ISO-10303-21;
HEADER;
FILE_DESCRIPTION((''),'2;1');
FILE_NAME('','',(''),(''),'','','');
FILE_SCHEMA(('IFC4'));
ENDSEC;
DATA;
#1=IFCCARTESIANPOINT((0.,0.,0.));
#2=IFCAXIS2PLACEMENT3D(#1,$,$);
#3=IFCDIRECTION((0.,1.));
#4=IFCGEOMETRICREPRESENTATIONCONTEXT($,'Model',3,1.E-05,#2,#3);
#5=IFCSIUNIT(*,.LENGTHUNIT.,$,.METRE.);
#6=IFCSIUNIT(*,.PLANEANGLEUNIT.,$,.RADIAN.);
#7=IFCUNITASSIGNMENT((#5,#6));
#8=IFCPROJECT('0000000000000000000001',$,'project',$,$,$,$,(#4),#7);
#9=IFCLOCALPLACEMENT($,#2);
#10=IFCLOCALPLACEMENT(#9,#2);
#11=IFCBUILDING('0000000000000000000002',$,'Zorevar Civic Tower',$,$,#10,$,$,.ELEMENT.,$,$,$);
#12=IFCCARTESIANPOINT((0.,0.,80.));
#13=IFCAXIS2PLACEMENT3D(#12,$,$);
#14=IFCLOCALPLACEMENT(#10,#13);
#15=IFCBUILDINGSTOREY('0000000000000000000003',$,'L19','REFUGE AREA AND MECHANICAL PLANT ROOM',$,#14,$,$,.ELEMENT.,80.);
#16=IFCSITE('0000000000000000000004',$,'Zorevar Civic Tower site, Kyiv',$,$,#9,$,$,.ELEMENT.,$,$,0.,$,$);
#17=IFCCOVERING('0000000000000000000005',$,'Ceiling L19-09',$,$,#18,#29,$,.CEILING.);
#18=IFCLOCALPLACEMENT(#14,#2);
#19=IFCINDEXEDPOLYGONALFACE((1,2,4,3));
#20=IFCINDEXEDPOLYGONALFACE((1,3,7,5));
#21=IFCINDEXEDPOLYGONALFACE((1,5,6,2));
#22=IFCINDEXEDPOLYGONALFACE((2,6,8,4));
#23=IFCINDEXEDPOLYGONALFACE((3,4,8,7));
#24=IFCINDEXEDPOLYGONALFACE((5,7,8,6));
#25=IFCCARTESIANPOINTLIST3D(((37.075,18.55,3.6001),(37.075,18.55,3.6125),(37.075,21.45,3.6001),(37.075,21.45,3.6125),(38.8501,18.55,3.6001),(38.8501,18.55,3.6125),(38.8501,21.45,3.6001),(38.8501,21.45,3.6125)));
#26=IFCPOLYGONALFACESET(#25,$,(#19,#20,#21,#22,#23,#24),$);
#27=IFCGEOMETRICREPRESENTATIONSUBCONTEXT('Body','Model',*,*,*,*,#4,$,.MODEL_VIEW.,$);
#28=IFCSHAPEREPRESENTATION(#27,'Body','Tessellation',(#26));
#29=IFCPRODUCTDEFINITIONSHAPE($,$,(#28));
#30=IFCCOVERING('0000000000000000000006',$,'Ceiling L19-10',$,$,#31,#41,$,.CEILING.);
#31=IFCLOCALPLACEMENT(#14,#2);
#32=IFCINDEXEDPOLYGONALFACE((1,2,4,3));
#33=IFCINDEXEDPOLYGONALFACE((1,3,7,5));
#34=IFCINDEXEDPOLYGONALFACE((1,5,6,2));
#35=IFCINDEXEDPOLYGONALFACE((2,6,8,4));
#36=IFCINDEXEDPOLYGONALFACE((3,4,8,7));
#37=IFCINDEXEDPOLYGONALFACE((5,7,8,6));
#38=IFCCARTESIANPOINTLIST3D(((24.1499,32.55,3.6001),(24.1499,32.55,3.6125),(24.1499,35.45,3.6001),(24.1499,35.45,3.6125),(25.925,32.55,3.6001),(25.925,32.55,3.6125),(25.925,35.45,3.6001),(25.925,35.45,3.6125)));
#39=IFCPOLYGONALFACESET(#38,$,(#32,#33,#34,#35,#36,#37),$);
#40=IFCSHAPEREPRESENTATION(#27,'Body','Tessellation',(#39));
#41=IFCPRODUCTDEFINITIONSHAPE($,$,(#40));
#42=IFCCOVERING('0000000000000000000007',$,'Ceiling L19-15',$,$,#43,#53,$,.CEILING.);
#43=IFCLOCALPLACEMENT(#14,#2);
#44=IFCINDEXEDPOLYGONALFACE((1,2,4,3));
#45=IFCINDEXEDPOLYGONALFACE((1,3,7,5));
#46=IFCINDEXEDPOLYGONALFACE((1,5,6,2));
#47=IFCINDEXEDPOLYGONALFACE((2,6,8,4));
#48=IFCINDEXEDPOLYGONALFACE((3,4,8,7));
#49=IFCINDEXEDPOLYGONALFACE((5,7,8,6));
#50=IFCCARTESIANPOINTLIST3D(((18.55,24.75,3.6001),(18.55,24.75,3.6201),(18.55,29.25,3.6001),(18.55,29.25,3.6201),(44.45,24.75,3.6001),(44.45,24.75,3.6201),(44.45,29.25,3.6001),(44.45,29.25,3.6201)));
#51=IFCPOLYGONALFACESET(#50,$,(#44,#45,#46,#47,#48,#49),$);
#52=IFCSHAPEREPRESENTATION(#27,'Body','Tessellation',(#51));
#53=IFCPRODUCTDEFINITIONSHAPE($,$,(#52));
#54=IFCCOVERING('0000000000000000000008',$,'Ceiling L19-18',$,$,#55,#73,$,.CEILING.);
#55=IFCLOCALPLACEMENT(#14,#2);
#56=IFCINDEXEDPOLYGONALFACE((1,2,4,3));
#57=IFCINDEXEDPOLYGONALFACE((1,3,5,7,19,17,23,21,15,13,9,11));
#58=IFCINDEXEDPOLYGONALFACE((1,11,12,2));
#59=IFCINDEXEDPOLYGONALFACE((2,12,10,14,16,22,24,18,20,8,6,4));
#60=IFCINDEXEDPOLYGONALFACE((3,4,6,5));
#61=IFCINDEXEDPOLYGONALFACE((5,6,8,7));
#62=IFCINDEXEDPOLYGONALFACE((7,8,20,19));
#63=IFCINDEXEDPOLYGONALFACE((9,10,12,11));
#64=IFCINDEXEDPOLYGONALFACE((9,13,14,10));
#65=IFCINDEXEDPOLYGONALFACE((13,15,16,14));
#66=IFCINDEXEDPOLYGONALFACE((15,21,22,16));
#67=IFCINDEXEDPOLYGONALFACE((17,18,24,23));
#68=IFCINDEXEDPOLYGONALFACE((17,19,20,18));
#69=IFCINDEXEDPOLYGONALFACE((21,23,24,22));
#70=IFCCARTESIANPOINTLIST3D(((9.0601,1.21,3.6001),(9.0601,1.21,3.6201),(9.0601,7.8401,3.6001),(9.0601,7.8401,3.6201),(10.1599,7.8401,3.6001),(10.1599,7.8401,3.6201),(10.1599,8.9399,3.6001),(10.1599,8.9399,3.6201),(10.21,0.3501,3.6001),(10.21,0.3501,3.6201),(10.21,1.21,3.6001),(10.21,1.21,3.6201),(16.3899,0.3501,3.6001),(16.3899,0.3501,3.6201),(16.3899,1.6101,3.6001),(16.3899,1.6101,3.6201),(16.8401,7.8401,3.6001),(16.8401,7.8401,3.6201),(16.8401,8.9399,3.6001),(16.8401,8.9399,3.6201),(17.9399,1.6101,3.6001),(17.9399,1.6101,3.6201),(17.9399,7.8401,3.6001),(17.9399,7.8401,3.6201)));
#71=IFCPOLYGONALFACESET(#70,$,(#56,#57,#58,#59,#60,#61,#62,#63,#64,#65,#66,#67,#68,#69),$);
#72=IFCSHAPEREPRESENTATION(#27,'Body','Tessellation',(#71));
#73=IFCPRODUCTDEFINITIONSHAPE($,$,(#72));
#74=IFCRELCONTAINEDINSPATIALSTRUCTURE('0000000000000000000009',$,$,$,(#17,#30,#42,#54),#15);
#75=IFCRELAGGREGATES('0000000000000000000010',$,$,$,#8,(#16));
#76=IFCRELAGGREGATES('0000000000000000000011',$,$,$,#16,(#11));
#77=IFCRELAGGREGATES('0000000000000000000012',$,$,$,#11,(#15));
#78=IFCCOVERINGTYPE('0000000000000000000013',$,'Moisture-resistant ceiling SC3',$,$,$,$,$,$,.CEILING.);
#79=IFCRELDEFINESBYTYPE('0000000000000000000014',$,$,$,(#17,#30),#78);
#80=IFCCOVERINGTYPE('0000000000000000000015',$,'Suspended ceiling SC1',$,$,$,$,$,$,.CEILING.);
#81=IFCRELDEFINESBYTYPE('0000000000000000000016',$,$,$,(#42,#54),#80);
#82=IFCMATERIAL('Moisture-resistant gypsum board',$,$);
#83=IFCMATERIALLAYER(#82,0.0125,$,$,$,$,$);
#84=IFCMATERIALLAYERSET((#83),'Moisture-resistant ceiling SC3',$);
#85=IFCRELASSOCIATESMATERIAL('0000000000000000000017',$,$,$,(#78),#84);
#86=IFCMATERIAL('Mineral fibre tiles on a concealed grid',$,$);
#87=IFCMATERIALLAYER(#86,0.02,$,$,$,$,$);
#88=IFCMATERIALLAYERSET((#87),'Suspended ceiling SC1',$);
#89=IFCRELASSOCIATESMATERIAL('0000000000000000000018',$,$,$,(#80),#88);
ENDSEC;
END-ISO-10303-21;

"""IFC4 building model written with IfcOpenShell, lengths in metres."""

from ifc_helpers import new_model, si_unit, direction, frame, origin, place, context, subcontext, project, spatial, polyline, outline, extrude, material, layer, layer_set, type_object, element, save


model = new_model("IFC4")

# Units and contexts
model_context = context("Model", 3, precision=1e-05, world=origin(), true_north=direction((0.0, 1.0)))
body_context = subcontext(model_context, "Body", "Model", "MODEL_VIEW")
ifc_project = project(units=[si_unit("LENGTHUNIT", "METRE"), si_unit("PLANEANGLEUNIT", "RADIAN")], contexts=[model_context])

# Site, building, storey
site_placement = place(None, origin())
site = spatial("IfcSite", under=ifc_project, at=site_placement, Name="Zorevar Civic Tower site, Kyiv", CompositionType="ELEMENT", RefElevation=0.0)
building_placement = place(site_placement, origin())
building = spatial("IfcBuilding", under=site, at=building_placement, Name="Zorevar Civic Tower", CompositionType="ELEMENT")
storey_placement = place(building_placement, frame((0.0, 0.0, 80.0)))
storey = spatial("IfcBuildingStorey", under=building, at=storey_placement, Name="L19", Description="REFUGE AREA AND MECHANICAL PLANT ROOM", CompositionType="ELEMENT", Elevation=80.0)

# Coverings
ifc_material_1 = material(Name="Moisture-resistant gypsum board")
ifc_layer_1 = layer(ifc_material_1, 0.0125)
ifc_layer_set_1 = layer_set([ifc_layer_1], Name="Moisture-resistant ceiling SC3")
covering_type_1 = type_object("IfcCoveringType", Name="Moisture-resistant ceiling SC3", PredefinedType="CEILING", material=ifc_layer_set_1)
covering_1_placement = place(storey_placement, frame((0.0, 0.0, 3.6001)))
element("IfcCovering", 1, at=covering_1_placement, inside=storey, type_object=covering_type_1, Name="Ceiling L19-09", PredefinedType="CEILING", context=body_context, shape_type="SweptSolid", body=[
    extrude(outline(polyline([(38.8501, 18.55), (38.8501, 21.45), (37.075, 21.45), (37.075, 18.55), (38.8501, 18.55)])), origin(), (0.0, 0.0, 1.0), 0.0125),
])
covering_2_placement = place(storey_placement, frame((0.0, 0.0, 3.6001)))
element("IfcCovering", 2, at=covering_2_placement, inside=storey, type_object=covering_type_1, Name="Ceiling L19-10", PredefinedType="CEILING", context=body_context, shape_type="SweptSolid", body=[
    extrude(outline(polyline([(25.925, 32.55), (25.925, 35.45), (24.1499, 35.45), (24.1499, 32.55), (25.925, 32.55)])), origin(), (0.0, 0.0, 1.0), 0.0125),
])
ifc_material_2 = material(Name="Mineral fibre tiles on a concealed grid")
ifc_layer_2 = layer(ifc_material_2, 0.02)
ifc_layer_set_2 = layer_set([ifc_layer_2], Name="Suspended ceiling SC1")
covering_type_2 = type_object("IfcCoveringType", Name="Suspended ceiling SC1", PredefinedType="CEILING", material=ifc_layer_set_2)
covering_3_placement = place(storey_placement, frame((0.0, 0.0, 3.6001)))
element("IfcCovering", 3, at=covering_3_placement, inside=storey, type_object=covering_type_2, Name="Ceiling L19-15", PredefinedType="CEILING", context=body_context, shape_type="SweptSolid", body=[
    extrude(outline(polyline([(44.45, 24.75), (44.45, 29.25), (18.55, 29.25), (18.55, 24.75), (44.45, 24.75)])), origin(), (0.0, 0.0, 1.0), 0.02),
])
covering_4_placement = place(storey_placement, frame((0.0, 0.0, 3.6001)))
element("IfcCovering", 4, at=covering_4_placement, inside=storey, type_object=covering_type_2, Name="Ceiling L19-18", PredefinedType="CEILING", context=body_context, shape_type="SweptSolid", body=[
    extrude(outline(polyline([(9.0601, 1.21), (9.0601, 7.8401), (10.1599, 7.8401), (10.1599, 8.9399), (16.8401, 8.9399), (16.8401, 7.8401), (17.9399, 7.8401), (17.9399, 1.6101), (16.3899, 1.6101), (16.3899, 0.3501), (10.21, 0.3501), (10.21, 1.21), (9.0601, 1.21)])), origin(), (0.0, 0.0, 1.0), 0.02),
])

save(model, "model.ifc")
